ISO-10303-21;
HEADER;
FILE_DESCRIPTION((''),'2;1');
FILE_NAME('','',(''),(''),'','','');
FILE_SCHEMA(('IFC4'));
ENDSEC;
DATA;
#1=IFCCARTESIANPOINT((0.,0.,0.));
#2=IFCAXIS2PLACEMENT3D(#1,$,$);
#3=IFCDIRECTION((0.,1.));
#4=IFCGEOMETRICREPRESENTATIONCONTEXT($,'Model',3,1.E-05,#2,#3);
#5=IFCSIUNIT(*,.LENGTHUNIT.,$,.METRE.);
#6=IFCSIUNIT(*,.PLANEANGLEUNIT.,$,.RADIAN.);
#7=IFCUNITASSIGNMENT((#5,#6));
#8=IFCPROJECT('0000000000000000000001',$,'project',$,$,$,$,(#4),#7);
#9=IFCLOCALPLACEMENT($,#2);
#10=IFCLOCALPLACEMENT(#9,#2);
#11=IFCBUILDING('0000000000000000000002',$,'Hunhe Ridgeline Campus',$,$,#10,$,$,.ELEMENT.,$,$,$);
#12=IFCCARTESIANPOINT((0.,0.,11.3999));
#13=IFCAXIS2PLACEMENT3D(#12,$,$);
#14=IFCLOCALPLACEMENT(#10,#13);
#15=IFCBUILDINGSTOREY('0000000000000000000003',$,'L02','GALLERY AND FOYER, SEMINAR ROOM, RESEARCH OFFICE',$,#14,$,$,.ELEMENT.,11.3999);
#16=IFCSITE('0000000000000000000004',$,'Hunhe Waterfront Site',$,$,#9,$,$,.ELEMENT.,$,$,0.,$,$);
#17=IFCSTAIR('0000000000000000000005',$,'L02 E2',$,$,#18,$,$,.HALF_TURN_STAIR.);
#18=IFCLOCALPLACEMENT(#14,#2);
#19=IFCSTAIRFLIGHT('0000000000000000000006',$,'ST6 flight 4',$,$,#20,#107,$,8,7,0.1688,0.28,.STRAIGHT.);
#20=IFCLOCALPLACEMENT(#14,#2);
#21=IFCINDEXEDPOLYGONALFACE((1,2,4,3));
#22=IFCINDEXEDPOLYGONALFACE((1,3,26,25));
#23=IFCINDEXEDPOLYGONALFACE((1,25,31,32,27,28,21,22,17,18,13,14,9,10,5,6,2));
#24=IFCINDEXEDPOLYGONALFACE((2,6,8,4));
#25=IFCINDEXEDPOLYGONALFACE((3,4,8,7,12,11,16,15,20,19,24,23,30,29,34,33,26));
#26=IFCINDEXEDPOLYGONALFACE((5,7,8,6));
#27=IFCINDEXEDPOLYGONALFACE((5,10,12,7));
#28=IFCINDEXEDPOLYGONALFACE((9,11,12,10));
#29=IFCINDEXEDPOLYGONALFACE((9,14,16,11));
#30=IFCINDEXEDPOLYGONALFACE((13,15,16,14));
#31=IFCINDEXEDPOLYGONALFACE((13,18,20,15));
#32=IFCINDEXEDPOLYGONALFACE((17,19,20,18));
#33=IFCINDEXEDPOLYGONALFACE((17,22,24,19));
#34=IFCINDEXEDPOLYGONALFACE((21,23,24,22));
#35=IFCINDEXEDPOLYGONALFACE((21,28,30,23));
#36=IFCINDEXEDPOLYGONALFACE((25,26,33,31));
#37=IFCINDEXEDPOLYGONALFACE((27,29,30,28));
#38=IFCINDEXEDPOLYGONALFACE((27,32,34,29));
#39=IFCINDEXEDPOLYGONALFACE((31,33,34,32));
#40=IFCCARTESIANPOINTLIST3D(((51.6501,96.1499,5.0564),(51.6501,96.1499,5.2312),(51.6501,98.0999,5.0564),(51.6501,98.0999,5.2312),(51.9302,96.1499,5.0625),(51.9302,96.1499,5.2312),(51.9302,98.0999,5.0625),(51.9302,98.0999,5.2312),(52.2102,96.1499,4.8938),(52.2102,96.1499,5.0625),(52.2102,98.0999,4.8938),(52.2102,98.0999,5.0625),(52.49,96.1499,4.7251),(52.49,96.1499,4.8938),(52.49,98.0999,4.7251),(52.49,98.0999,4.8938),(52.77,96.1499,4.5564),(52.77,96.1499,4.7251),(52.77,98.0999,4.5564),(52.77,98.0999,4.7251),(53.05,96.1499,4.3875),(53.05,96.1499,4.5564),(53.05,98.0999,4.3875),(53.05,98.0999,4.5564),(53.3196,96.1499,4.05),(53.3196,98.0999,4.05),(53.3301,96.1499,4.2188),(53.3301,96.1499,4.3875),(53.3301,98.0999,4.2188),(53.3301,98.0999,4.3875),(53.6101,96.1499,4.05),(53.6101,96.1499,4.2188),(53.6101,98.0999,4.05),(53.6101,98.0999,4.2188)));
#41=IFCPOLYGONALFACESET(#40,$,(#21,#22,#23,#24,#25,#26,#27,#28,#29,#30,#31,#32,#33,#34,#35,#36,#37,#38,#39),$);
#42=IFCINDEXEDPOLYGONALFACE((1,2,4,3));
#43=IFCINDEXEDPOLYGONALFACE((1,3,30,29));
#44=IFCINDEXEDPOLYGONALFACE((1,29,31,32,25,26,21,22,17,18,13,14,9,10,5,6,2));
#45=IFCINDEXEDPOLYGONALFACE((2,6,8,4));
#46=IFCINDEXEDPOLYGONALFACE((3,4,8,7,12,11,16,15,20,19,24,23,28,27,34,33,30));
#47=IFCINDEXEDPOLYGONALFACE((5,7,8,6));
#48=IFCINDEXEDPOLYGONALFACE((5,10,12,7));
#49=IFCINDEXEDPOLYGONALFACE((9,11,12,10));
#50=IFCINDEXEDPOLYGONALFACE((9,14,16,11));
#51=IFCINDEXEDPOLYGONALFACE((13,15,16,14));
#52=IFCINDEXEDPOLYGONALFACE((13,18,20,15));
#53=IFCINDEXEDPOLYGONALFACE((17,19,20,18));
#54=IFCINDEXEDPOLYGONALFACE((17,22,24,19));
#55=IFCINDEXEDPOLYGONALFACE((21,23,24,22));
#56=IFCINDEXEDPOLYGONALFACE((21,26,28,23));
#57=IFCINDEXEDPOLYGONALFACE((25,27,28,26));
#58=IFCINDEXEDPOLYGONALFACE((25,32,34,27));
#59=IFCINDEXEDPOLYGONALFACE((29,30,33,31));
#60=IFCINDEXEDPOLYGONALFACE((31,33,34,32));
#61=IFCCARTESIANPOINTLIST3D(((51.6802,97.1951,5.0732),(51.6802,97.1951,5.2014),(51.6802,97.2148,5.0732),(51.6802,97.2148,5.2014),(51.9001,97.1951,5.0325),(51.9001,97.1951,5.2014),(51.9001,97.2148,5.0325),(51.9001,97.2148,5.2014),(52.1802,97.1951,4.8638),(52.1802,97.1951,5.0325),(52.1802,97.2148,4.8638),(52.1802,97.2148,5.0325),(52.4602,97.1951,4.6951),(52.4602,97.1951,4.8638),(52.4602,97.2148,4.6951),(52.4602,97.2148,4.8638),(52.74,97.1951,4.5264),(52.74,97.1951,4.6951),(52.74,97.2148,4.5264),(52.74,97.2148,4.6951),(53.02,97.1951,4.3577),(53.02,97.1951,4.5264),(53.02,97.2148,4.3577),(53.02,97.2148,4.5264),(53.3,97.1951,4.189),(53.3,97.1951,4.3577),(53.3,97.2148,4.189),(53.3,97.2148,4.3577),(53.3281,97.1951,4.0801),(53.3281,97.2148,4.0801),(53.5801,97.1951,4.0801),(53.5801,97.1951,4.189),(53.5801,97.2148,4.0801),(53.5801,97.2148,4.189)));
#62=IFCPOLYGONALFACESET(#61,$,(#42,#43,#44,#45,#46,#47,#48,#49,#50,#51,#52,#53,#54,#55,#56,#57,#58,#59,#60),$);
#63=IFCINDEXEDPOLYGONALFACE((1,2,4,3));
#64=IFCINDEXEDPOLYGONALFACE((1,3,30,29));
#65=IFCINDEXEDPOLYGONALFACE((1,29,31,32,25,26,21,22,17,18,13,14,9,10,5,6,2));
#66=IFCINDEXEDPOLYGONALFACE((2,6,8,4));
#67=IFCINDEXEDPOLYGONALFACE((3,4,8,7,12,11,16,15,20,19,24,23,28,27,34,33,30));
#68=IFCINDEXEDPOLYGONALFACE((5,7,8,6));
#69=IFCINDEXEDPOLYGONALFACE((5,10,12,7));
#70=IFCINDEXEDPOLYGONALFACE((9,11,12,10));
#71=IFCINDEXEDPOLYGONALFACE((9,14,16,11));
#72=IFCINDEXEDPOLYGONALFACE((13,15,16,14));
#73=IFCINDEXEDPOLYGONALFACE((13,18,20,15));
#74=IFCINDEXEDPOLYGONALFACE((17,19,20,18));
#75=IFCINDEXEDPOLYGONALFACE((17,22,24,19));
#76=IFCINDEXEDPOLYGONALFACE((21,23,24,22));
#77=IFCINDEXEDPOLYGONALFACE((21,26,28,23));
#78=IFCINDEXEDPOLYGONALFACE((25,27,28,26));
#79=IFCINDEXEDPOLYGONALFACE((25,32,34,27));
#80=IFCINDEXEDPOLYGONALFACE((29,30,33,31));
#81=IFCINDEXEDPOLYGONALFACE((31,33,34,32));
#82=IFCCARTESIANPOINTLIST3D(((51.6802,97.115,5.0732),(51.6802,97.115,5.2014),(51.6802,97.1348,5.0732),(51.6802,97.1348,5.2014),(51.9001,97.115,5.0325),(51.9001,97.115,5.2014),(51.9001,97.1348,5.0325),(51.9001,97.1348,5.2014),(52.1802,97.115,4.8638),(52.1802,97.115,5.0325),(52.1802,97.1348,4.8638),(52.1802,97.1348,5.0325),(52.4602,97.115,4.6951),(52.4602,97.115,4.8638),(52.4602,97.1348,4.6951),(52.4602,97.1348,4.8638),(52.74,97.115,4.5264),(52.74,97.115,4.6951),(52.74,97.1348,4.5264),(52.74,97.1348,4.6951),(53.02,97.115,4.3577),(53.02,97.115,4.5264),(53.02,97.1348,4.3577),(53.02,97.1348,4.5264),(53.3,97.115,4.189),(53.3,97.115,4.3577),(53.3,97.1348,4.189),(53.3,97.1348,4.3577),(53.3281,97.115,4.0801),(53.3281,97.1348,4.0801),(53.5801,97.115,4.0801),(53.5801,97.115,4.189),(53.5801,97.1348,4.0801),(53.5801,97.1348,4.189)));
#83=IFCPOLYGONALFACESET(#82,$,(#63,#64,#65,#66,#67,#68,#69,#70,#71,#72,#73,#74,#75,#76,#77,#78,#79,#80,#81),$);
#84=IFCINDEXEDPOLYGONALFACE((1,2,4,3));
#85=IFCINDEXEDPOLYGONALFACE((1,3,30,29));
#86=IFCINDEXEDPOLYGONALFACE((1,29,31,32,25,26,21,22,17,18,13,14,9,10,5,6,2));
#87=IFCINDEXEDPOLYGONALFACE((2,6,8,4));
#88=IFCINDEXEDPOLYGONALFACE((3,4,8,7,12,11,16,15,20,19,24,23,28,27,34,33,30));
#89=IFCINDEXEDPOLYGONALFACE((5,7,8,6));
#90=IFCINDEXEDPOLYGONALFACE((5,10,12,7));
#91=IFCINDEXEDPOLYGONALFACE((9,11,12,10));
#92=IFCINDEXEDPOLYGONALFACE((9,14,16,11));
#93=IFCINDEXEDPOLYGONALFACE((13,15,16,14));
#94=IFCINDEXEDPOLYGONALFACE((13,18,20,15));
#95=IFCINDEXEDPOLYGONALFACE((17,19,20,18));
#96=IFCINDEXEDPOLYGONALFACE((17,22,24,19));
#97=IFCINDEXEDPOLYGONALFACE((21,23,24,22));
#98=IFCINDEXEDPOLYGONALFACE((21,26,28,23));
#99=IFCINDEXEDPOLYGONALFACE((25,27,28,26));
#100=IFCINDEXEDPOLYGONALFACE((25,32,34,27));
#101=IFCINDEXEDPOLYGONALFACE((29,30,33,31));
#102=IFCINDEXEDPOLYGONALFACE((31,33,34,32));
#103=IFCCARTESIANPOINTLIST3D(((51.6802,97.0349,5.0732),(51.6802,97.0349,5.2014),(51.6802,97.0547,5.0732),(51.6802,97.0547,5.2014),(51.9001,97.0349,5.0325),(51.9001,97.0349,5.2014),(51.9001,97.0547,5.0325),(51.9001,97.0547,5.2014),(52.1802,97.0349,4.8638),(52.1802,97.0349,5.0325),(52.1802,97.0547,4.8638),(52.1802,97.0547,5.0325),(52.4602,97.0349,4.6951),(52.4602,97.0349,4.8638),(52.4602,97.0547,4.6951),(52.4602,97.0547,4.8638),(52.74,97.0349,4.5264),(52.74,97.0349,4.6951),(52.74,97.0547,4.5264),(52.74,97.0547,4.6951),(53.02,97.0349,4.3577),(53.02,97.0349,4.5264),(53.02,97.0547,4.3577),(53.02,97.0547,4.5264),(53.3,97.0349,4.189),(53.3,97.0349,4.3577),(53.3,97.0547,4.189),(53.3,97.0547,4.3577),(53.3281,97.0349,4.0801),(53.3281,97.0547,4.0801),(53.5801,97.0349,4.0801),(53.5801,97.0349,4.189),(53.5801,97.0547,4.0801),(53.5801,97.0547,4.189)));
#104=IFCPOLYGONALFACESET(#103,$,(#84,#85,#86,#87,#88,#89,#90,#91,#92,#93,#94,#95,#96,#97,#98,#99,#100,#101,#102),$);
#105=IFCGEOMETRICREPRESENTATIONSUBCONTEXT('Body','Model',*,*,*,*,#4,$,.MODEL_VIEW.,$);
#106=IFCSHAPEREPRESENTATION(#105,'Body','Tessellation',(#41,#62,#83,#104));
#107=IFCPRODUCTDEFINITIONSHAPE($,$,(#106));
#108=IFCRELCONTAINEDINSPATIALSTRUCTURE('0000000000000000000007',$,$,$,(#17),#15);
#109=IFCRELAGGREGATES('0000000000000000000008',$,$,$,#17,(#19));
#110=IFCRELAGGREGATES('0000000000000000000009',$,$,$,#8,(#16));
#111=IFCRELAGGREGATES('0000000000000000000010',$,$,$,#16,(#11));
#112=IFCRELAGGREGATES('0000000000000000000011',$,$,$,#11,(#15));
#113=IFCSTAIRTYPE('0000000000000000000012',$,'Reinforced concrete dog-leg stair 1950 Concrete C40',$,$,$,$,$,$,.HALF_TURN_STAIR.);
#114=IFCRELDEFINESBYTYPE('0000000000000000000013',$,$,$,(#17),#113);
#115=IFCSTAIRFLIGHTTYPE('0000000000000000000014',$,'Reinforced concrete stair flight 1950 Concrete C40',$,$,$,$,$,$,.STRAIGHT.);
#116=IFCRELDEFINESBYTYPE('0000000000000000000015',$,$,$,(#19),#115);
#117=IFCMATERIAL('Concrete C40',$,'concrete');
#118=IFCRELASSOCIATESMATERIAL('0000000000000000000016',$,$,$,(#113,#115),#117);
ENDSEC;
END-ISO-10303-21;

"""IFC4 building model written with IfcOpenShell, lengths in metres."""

from ifc_helpers import new_model, si_unit, direction, frame, origin, place, context, subcontext, project, spatial, polyline, outline, extrude, material, type_object, element, aggregate, save


model = new_model("IFC4")

# Units and contexts
model_context = context("Model", 3, precision=1e-05, world=origin(), true_north=direction((0.0, 1.0)))
body_context = subcontext(model_context, "Body", "Model", "MODEL_VIEW")
ifc_project = project(units=[si_unit("LENGTHUNIT", "METRE"), si_unit("PLANEANGLEUNIT", "RADIAN")], contexts=[model_context])

# Site, building, storey
site_placement = place(None, origin())
site = spatial("IfcSite", under=ifc_project, at=site_placement, Name="Hunhe Waterfront Site", CompositionType="ELEMENT", RefElevation=0.0)
building_placement = place(site_placement, origin())
building = spatial("IfcBuilding", under=site, at=building_placement, Name="Hunhe Ridgeline Campus", CompositionType="ELEMENT")
storey_placement = place(building_placement, frame((0.0, 0.0, 11.3999)))
storey = spatial("IfcBuildingStorey", under=building, at=storey_placement, Name="L02", Description="GALLERY AND FOYER, SEMINAR ROOM, RESEARCH OFFICE", CompositionType="ELEMENT", Elevation=11.3999)

# Stair, stair flight
ifc_material_1 = material(Name="Concrete C40", Category="concrete")
stair_type = type_object("IfcStairType", Name="Reinforced concrete dog-leg stair 1950 Concrete C40", PredefinedType="HALF_TURN_STAIR", material=ifc_material_1)
stair_1_placement = place(storey_placement, origin())
stair_1 = element("IfcStair", 1, at=stair_1_placement, inside=storey, type_object=stair_type, Name="L02 E2", PredefinedType="HALF_TURN_STAIR")
stair_flight_type = type_object("IfcStairFlightType", Name="Reinforced concrete stair flight 1950 Concrete C40", PredefinedType="STRAIGHT", material=ifc_material_1)
stair_flight_1_placement = place(storey_placement, frame((53.6101, 97.125, 4.05), z_axis=(0.0, 0.0, 1.0), x_axis=(-1.0, 0.0, 0.0)))
stair_flight_1 = element("IfcStairFlight", 2, at=stair_flight_1_placement, type_object=stair_flight_type, Name="ST6 flight 4", NumberOfRisers=8, NumberOfTreads=7, PredefinedType="STRAIGHT", RiserHeight=0.1688, TreadLength=0.28, context=body_context, shape_type="SweptSolid", body=[
    extrude(outline(polyline([(0.0, 0.0), (0.0, 0.1687), (0.28, 0.1687), (0.28, 0.3374), (0.5601, 0.3374), (0.5601, 0.5063), (0.8401, 0.5063), (0.8401, 0.675), (1.1201, 0.675), (1.1201, 0.8438), (1.3999, 0.8438), (1.3999, 1.0125), (1.6799, 1.0125), (1.6799, 1.1812), (1.96, 1.1812), (1.96, 1.3501), (1.96, 1.0063), (0.2905, 0.0), (0.0, 0.0)])), frame((0.0, 0.9751, 0.0), z_axis=(0.0, -1.0, 0.0), x_axis=(1.0, 0.0, 0.0)), (0.0, 0.0, 1.0), 1.95),
    extrude(outline(polyline([(0.03, 0.03), (0.03, 0.1389), (0.3101, 0.1389), (0.3101, 0.3076), (0.5901, 0.3076), (0.5901, 0.4763), (0.8701, 0.4763), (0.8701, 0.645), (1.1499, 0.645), (1.1499, 0.8137), (1.4299, 0.8137), (1.4299, 0.9824), (1.71, 0.9824), (1.71, 1.1514), (1.9299, 1.1514), (1.9299, 1.0232), (0.282, 0.03), (0.03, 0.03)])), frame((0.0, -0.0701, 0.0), z_axis=(0.0, -1.0, 0.0), x_axis=(1.0, 0.0, 0.0)), (0.0, 0.0, 1.0), 0.0198),
    extrude(outline(polyline([(0.03, 0.03), (0.03, 0.1389), (0.3101, 0.1389), (0.3101, 0.3076), (0.5901, 0.3076), (0.5901, 0.4763), (0.8701, 0.4763), (0.8701, 0.645), (1.1499, 0.645), (1.1499, 0.8137), (1.4299, 0.8137), (1.4299, 0.9824), (1.71, 0.9824), (1.71, 1.1514), (1.9299, 1.1514), (1.9299, 1.0232), (0.282, 0.03), (0.03, 0.03)])), frame((0.0, 0.01, 0.0), z_axis=(0.0, -1.0, 0.0), x_axis=(1.0, 0.0, 0.0)), (0.0, 0.0, 1.0), 0.0198),
    extrude(outline(polyline([(0.03, 0.03), (0.03, 0.1389), (0.3101, 0.1389), (0.3101, 0.3076), (0.5901, 0.3076), (0.5901, 0.4763), (0.8701, 0.4763), (0.8701, 0.645), (1.1499, 0.645), (1.1499, 0.8137), (1.4299, 0.8137), (1.4299, 0.9824), (1.71, 0.9824), (1.71, 1.1514), (1.9299, 1.1514), (1.9299, 1.0232), (0.282, 0.03), (0.03, 0.03)])), frame((0.0, 0.0901, 0.0), z_axis=(0.0, -1.0, 0.0), x_axis=(1.0, 0.0, 0.0)), (0.0, 0.0, 1.0), 0.0198),
])
aggregate(stair_1, [stair_flight_1])

save(model, "model.ifc")
